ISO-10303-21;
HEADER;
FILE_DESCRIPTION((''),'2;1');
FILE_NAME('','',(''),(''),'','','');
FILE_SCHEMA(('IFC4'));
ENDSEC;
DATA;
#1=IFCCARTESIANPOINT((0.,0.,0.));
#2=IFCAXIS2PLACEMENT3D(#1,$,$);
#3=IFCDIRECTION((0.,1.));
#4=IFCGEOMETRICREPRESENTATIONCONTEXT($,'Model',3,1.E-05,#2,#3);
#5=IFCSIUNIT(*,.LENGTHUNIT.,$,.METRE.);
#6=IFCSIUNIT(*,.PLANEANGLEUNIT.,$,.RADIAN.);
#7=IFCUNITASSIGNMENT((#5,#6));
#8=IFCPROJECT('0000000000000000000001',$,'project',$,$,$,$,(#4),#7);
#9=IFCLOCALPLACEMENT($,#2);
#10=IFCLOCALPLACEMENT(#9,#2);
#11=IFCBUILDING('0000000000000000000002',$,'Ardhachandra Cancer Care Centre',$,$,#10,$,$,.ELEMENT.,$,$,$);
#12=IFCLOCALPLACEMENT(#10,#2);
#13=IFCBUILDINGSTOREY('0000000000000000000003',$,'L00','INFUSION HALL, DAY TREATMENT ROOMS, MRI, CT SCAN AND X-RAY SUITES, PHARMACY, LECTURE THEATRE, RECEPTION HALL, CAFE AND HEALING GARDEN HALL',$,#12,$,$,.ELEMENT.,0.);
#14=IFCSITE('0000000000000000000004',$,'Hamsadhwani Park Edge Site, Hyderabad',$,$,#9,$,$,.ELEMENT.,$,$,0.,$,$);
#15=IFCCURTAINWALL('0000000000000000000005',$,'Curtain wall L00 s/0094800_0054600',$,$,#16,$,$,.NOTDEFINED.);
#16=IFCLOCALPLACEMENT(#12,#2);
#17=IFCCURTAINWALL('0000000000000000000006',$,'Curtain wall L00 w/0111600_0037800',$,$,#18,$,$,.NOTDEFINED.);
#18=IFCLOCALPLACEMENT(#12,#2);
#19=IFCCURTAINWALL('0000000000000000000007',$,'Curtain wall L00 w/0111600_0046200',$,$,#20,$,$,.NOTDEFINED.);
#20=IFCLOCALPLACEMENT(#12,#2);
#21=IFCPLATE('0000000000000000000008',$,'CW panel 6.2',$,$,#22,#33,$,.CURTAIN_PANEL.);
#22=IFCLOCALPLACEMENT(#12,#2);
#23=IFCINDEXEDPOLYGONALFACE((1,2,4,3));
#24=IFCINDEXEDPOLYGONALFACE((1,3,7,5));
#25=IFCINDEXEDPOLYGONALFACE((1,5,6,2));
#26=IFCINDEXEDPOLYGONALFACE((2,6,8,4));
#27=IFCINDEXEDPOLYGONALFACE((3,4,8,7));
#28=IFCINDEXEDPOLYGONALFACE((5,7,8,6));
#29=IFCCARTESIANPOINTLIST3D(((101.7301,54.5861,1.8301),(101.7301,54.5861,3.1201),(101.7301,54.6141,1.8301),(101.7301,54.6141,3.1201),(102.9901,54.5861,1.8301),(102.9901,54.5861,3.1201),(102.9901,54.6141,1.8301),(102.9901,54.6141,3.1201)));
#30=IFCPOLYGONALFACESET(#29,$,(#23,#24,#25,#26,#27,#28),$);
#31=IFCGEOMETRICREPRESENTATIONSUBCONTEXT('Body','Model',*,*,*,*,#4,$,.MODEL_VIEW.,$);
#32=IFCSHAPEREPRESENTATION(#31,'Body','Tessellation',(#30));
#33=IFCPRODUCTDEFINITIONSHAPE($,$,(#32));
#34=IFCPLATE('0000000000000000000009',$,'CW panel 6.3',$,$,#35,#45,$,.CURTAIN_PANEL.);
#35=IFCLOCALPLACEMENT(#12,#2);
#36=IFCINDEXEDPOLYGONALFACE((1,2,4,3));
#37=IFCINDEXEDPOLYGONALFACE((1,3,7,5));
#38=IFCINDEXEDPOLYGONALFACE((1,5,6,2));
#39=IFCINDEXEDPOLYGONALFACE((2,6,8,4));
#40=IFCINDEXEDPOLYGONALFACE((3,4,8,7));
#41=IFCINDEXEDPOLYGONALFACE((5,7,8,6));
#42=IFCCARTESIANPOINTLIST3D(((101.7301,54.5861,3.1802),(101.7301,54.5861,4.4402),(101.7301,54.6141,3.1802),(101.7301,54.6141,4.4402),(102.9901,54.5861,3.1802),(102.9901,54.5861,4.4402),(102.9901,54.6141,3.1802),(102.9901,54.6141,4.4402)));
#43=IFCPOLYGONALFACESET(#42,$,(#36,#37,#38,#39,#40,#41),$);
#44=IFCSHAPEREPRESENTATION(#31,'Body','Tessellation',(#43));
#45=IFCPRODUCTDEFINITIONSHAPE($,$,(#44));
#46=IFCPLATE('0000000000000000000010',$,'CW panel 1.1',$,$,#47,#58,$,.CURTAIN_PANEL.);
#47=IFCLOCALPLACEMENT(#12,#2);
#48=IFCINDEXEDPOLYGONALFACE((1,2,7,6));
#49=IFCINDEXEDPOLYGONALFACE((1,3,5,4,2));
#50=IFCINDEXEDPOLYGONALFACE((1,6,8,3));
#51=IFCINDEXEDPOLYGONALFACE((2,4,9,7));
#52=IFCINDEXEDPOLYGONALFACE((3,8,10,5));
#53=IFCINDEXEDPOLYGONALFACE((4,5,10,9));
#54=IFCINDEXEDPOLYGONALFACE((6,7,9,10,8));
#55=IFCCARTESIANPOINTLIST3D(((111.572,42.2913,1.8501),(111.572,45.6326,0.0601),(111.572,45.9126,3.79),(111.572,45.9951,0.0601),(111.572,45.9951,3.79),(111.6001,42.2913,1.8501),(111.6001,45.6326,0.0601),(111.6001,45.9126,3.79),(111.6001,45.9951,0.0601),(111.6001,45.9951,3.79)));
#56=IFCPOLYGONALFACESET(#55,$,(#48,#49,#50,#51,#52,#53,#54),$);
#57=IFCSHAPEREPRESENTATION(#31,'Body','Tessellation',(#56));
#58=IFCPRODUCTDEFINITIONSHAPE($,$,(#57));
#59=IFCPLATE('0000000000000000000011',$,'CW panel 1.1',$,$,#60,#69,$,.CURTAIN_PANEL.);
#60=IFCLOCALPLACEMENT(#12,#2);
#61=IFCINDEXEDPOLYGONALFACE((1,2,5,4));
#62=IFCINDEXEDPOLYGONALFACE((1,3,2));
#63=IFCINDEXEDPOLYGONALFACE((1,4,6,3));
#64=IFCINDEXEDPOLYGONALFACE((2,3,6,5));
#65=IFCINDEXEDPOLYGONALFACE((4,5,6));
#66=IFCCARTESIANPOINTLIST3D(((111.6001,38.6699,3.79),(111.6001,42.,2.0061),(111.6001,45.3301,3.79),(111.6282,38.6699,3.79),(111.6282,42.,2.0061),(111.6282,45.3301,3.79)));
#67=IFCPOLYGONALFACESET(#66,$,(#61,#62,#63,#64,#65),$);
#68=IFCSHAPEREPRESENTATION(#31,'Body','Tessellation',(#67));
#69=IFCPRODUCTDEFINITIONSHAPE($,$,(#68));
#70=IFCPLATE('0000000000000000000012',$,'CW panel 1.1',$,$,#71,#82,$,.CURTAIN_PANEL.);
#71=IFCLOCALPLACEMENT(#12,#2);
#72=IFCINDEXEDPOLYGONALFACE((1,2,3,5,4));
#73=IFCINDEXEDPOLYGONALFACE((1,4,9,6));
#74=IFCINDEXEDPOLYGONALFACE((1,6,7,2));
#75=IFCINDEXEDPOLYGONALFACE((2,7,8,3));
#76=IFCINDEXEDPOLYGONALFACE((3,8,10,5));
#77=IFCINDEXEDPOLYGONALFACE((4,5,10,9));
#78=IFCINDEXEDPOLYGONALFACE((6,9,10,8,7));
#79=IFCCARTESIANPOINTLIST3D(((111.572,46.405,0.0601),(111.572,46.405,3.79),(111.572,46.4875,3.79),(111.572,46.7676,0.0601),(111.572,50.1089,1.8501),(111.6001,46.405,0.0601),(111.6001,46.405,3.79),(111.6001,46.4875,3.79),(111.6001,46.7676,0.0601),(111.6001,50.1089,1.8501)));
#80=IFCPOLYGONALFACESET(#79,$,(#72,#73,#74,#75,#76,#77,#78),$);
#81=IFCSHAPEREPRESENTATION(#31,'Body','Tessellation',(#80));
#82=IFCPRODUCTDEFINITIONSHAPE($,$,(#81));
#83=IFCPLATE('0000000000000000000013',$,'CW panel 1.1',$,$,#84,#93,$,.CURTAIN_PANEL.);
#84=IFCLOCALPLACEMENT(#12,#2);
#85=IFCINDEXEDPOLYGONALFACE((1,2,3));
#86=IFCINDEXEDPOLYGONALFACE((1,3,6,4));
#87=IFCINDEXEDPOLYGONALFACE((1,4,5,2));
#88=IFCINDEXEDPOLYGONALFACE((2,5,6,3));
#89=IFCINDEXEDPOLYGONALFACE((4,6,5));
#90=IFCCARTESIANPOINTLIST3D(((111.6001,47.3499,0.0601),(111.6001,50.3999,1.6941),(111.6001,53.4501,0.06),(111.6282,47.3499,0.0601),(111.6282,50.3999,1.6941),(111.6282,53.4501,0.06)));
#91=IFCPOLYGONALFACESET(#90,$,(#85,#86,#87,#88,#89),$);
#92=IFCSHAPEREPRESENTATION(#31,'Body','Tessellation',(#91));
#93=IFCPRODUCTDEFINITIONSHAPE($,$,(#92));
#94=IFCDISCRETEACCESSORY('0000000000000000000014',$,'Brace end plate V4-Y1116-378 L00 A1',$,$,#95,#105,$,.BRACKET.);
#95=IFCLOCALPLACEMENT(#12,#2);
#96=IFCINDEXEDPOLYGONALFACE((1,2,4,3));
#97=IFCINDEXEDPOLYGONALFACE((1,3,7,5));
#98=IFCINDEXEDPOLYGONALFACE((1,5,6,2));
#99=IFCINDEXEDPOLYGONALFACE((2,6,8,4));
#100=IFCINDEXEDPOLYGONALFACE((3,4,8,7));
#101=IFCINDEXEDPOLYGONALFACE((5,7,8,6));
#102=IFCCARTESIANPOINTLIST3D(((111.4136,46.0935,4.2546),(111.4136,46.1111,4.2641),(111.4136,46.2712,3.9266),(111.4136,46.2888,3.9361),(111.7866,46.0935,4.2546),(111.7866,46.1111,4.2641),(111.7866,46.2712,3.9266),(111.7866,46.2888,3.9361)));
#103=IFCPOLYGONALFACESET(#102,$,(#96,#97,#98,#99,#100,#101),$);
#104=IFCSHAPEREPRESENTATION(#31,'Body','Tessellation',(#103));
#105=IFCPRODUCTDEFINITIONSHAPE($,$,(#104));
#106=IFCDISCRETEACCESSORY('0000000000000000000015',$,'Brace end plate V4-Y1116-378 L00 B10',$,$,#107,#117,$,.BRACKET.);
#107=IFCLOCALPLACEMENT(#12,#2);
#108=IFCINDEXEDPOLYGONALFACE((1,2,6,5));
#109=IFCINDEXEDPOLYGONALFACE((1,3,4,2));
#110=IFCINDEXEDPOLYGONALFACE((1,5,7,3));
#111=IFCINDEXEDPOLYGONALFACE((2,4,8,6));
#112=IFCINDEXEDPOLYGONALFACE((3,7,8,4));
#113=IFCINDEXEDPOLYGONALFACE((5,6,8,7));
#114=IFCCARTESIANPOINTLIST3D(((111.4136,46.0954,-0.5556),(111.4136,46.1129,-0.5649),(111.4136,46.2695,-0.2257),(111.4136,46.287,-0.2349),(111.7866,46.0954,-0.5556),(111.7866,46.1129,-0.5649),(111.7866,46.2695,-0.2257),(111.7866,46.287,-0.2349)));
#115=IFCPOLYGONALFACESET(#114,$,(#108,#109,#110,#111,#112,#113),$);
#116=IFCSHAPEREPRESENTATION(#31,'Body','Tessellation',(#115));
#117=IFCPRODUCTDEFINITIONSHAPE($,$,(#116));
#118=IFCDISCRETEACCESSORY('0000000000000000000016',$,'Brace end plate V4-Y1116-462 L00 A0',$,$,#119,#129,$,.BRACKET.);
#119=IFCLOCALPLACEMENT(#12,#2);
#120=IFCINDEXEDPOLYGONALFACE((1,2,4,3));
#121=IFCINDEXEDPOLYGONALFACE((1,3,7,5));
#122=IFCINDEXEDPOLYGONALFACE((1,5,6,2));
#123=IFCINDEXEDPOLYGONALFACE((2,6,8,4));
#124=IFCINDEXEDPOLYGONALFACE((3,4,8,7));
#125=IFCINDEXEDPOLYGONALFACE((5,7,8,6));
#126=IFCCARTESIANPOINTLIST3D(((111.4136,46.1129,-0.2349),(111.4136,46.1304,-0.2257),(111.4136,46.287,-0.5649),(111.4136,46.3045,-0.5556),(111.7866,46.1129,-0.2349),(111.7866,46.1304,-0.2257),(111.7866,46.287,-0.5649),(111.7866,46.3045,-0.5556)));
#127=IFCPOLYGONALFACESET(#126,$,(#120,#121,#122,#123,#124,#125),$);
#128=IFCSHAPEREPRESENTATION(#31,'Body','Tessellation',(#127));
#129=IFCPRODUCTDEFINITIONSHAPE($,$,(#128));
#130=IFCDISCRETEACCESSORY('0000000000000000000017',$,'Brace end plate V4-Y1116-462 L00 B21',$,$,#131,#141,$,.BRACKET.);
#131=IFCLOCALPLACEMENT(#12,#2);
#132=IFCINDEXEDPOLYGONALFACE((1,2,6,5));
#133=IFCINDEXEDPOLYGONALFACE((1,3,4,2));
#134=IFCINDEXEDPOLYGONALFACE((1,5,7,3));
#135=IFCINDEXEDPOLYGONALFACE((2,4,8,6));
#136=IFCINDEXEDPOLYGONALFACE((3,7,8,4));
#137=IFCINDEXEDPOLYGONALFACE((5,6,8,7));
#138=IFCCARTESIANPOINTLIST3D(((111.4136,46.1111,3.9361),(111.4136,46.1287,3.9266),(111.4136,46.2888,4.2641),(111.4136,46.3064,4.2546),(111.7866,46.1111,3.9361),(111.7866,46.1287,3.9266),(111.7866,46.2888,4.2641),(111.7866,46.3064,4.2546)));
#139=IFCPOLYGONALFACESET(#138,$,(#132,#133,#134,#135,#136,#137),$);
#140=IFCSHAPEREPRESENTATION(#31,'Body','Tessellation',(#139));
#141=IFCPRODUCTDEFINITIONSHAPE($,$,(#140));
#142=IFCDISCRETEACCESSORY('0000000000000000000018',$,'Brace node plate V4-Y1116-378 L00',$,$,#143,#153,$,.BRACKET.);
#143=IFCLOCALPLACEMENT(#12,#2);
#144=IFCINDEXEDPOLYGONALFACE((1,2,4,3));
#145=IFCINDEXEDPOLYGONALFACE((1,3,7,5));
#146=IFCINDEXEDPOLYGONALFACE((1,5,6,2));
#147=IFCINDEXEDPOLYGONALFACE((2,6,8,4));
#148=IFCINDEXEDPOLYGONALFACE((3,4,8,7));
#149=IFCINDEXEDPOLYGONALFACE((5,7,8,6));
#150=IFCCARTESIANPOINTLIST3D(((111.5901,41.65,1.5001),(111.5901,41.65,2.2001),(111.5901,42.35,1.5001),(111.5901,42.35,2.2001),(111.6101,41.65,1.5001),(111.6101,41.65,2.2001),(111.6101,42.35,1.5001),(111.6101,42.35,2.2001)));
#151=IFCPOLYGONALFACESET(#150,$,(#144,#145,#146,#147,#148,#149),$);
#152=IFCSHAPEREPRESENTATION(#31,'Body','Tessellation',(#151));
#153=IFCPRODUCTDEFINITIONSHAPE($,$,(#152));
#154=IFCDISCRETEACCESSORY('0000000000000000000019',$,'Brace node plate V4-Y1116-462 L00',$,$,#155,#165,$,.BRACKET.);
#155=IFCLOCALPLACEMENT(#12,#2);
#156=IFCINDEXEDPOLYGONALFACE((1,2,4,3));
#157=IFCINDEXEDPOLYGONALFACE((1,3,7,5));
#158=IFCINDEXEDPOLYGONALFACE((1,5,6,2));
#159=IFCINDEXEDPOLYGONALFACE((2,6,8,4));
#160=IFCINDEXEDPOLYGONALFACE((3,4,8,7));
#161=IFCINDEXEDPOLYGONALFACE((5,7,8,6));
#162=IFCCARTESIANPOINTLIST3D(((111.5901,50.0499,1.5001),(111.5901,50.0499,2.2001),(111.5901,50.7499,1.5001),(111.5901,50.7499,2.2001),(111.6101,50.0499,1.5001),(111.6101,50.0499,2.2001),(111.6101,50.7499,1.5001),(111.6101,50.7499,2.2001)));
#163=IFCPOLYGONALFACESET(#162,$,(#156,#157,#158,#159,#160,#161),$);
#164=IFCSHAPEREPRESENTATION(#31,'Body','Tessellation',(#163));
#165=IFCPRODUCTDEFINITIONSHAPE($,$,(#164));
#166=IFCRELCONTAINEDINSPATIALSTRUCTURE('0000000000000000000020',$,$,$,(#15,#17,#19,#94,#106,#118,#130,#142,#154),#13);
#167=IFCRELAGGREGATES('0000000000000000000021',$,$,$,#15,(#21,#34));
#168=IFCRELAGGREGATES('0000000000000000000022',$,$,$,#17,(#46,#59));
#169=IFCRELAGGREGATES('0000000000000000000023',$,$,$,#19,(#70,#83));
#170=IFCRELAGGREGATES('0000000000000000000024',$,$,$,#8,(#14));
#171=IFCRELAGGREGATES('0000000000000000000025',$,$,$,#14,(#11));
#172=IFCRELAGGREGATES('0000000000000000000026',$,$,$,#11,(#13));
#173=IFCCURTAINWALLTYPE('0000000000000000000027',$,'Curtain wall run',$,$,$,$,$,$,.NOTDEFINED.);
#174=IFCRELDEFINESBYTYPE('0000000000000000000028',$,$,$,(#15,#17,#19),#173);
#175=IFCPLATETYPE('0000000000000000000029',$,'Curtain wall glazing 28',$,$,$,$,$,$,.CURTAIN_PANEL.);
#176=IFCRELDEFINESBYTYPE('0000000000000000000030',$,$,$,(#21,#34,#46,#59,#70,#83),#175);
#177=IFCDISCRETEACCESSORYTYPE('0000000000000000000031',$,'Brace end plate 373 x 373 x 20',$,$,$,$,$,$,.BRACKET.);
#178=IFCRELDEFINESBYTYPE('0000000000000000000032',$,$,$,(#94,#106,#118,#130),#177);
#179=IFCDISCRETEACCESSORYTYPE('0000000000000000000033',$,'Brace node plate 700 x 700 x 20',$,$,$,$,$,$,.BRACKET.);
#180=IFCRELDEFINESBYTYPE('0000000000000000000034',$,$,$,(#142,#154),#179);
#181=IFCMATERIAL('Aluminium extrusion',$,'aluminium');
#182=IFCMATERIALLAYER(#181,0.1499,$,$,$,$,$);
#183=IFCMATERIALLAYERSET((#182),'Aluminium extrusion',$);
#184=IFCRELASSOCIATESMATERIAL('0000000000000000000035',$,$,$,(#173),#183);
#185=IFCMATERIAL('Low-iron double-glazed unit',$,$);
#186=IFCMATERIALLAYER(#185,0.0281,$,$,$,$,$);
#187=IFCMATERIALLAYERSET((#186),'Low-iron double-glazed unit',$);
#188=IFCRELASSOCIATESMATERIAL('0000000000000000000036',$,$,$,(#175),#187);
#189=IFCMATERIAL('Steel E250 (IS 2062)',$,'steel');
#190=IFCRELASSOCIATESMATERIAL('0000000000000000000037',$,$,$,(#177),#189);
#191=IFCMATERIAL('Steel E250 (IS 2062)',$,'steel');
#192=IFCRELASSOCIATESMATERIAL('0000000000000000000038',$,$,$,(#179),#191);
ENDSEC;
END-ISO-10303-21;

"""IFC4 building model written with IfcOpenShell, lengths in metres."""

from ifc_helpers import new_model, si_unit, direction, frame, origin, origin_2d, place, context, subcontext, project, spatial, polyline, rectangle, outline, extrude, material, layer, layer_set, material_profile, profile_set, type_object, element, aggregate, save


model = new_model("IFC4")

# Units and contexts
model_context = context("Model", 3, precision=1e-05, world=origin(), true_north=direction((0.0, 1.0)))
body_context = subcontext(model_context, "Body", "Model", "MODEL_VIEW")
ifc_project = project(units=[si_unit("LENGTHUNIT", "METRE"), si_unit("PLANEANGLEUNIT", "RADIAN")], contexts=[model_context])

# Site, building, storey
site_placement = place(None, origin())
site = spatial("IfcSite", under=ifc_project, at=site_placement, Name="Hamsadhwani Park Edge Site, Hyderabad", CompositionType="ELEMENT", RefElevation=0.0)
building_placement = place(site_placement, origin())
building = spatial("IfcBuilding", under=site, at=building_placement, Name="Ardhachandra Cancer Care Centre", CompositionType="ELEMENT")
storey_placement = place(building_placement, origin())
storey = spatial("IfcBuildingStorey", under=building, at=storey_placement, Name="L00", Description="INFUSION HALL, DAY TREATMENT ROOMS, MRI, CT SCAN AND X-RAY SUITES, PHARMACY, LECTURE THEATRE, RECEPTION HALL, CAFE AND HEALING GARDEN HALL", CompositionType="ELEMENT", Elevation=0.0)

# Curtain walls
ifc_material_1 = material(Name="Aluminium extrusion", Category="aluminium")
ifc_layer_1 = layer(ifc_material_1, 0.1499)
ifc_layer_set_1 = layer_set([ifc_layer_1], Name="Aluminium extrusion")
curtain_wall_type = type_object("IfcCurtainWallType", Name="Curtain wall run", PredefinedType="NOTDEFINED", material=ifc_layer_set_1)
curtain_wall_1_placement = place(storey_placement, origin())
curtain_wall_1 = element("IfcCurtainWall", 1, at=curtain_wall_1_placement, inside=storey, type_object=curtain_wall_type, Name="Curtain wall L00 s/0094800_0054600", PredefinedType="NOTDEFINED")
curtain_wall_2_placement = place(storey_placement, origin())
curtain_wall_2 = element("IfcCurtainWall", 2, at=curtain_wall_2_placement, inside=storey, type_object=curtain_wall_type, Name="Curtain wall L00 w/0111600_0037800", PredefinedType="NOTDEFINED")
curtain_wall_3_placement = place(storey_placement, origin())
curtain_wall_3 = element("IfcCurtainWall", 3, at=curtain_wall_3_placement, inside=storey, type_object=curtain_wall_type, Name="Curtain wall L00 w/0111600_0046200", PredefinedType="NOTDEFINED")

# Plates
ifc_material_2 = material(Name="Low-iron double-glazed unit")
ifc_layer_2 = layer(ifc_material_2, 0.0281)
ifc_layer_set_2 = layer_set([ifc_layer_2], Name="Low-iron double-glazed unit")
plate_type = type_object("IfcPlateType", Name="Curtain wall glazing 28", PredefinedType="CURTAIN_PANEL", material=ifc_layer_set_2)
plate_1_placement = place(storey_placement, frame((102.3601, 54.6001, 1.8301), z_axis=(0.0, 0.0, 1.0), x_axis=(1.0, 0.0, 0.0)))
plate_1 = element("IfcPlate", 4, at=plate_1_placement, type_object=plate_type, Name="CW panel 6.2", PredefinedType="CURTAIN_PANEL", context=body_context, shape_type="SweptSolid", body=[
    extrude(rectangle(XDim=1.26, YDim=0.0281, at=origin_2d()), origin(), (0.0, 0.0, 1.0), 1.29),
])
plate_2_placement = place(storey_placement, frame((102.3601, 54.6001, 3.1802), z_axis=(0.0, 0.0, 1.0), x_axis=(1.0, 0.0, 0.0)))
plate_2 = element("IfcPlate", 5, at=plate_2_placement, type_object=plate_type, Name="CW panel 6.3", PredefinedType="CURTAIN_PANEL", context=body_context, shape_type="SweptSolid", body=[
    extrude(rectangle(XDim=1.26, YDim=0.0281, at=origin_2d()), origin(), (0.0, 0.0, 1.0), 1.26),
])
aggregate(curtain_wall_1, [plate_1, plate_2])
plate_3_placement = place(storey_placement, frame((111.6001, 45.9951, 3.79), z_axis=(-1.0, 0.0, 0.0), x_axis=(0.0, 0.0, -1.0)))
plate_3 = element("IfcPlate", 6, at=plate_3_placement, type_object=plate_type, Name="CW panel 1.1", PredefinedType="CURTAIN_PANEL", context=body_context, shape_type="SweptSolid", body=[
    extrude(outline(polyline([(0.0, 0.0), (3.73, 0.0), (3.73, 0.3625), (1.9399, 3.7039), (0.0, 0.0825), (0.0, 0.0)])), origin(), (0.0, 0.0, 1.0), 0.0281),
])
plate_4_placement = place(storey_placement, frame((111.6001, 45.3301, 3.79), z_axis=(-1.0, 0.0, 0.0), x_axis=(0.0, -0.881484, -0.472214)))
plate_4 = element("IfcPlate", 7, at=plate_4_placement, type_object=plate_type, Name="CW panel 1.1", PredefinedType="CURTAIN_PANEL", context=body_context, shape_type="SweptSolid", body=[
    extrude(outline(polyline([(0.0, 0.0), (3.7778, 0.0), (5.8708, 3.145), (0.0, 0.0)])), frame((0.0, 0.0, -0.0281)), (0.0, 0.0, 1.0), 0.0281),
])
aggregate(curtain_wall_2, [plate_3, plate_4])
plate_5_placement = place(storey_placement, frame((111.6001, 46.405, 0.0601), z_axis=(-1.0, 0.0, 0.0), x_axis=(0.0, 0.0, 1.0)))
plate_5 = element("IfcPlate", 8, at=plate_5_placement, type_object=plate_type, Name="CW panel 1.1", PredefinedType="CURTAIN_PANEL", context=body_context, shape_type="SweptSolid", body=[
    extrude(outline(polyline([(0.0, 0.0), (3.73, 0.0), (3.73, 0.0825), (1.79, 3.7039), (0.0, 0.3625), (0.0, 0.0)])), origin(), (0.0, 0.0, 1.0), 0.0281),
])
plate_6_placement = place(storey_placement, frame((111.6001, 47.3499, 0.0601), z_axis=(-1.0, 0.0, 0.0), x_axis=(0.0, 0.881471, 0.472239)))
plate_6 = element("IfcPlate", 9, at=plate_6_placement, type_object=plate_type, Name="CW panel 1.1", PredefinedType="CURTAIN_PANEL", context=body_context, shape_type="SweptSolid", body=[
    extrude(outline(polyline([(0.0, 0.0), (3.4602, 0.0), (5.3772, 2.8809), (0.0, 0.0)])), frame((0.0, 0.0, -0.0281)), (0.0, 0.0, 1.0), 0.0281),
])
aggregate(curtain_wall_3, [plate_5, plate_6])

# Discrete accessories
ifc_material_3 = material(Name="Steel E250 (IS 2062)", Category="steel")
ifc_material_profile_1 = material_profile(ifc_material_3, rectangle(XDim=0.373, YDim=0.373, at=origin_2d()), Name="PL 373x373x20")
ifc_profile_set_1 = profile_set([ifc_material_profile_1], Name="Steel E250 (IS 2062)")
discrete_accessory_type_1 = type_object("IfcDiscreteAccessoryType", Name="Brace end plate 373 x 373 x 20", PredefinedType="BRACKET", material=ifc_profile_set_1)
discrete_accessory_1_placement = place(storey_placement, frame((111.6001, 46.2, 4.1001), z_axis=(0.0, -0.879292, -0.476283), x_axis=(1.0, 0.0, 0.0)))
element("IfcDiscreteAccessory", 10, at=discrete_accessory_1_placement, inside=storey, type_object=discrete_accessory_type_1, Name="Brace end plate V4-Y1116-378 L00 A1", PredefinedType="BRACKET", context=body_context, shape_type="SweptSolid", body=[
    extrude(rectangle(XDim=0.373, YDim=0.373, at=origin_2d()), origin(), (0.0, 0.0, 1.0), 0.02),
])
for number, where, z_axis, x_axis, name in (
    (11, (111.6001, 46.2, -0.3999), (0.0, -0.884385, 0.466759), (1.0, 0.0, 0.0), "Brace end plate V4-Y1116-378 L00 B10"),
    (12, (111.6001, 46.2, -0.3999), (0.0, 0.884385, 0.466759), (-1.0, 0.0, 0.0), "Brace end plate V4-Y1116-462 L00 A0"),
):
    element("IfcDiscreteAccessory", number, at=place(storey_placement, frame(where, z_axis=z_axis, x_axis=x_axis)), inside=storey, type_object=discrete_accessory_type_1, Name=name, PredefinedType="BRACKET", context=body_context, shape_type="SweptSolid", body=[
        extrude(rectangle(XDim=0.373, YDim=0.373, at=origin_2d()), origin(), (0.0, 0.0, 1.0), 0.0198),
    ])
discrete_accessory_2_placement = place(storey_placement, frame((111.6001, 46.2, 4.1001), z_axis=(0.0, 0.879292, -0.476283), x_axis=(-1.0, 0.0, 0.0)))
element("IfcDiscreteAccessory", 13, at=discrete_accessory_2_placement, inside=storey, type_object=discrete_accessory_type_1, Name="Brace end plate V4-Y1116-462 L00 B21", PredefinedType="BRACKET", context=body_context, shape_type="SweptSolid", body=[
    extrude(rectangle(XDim=0.373, YDim=0.373, at=origin_2d()), origin(), (0.0, 0.0, 1.0), 0.02),
])
ifc_material_4 = material(Name="Steel E250 (IS 2062)", Category="steel")
ifc_material_profile_2 = material_profile(ifc_material_4, rectangle(XDim=0.7, YDim=0.7, at=origin_2d()), Name="PL 700x700x20")
ifc_profile_set_2 = profile_set([ifc_material_profile_2], Name="Steel E250 (IS 2062)")
discrete_accessory_type_2 = type_object("IfcDiscreteAccessoryType", Name="Brace node plate 700 x 700 x 20", PredefinedType="BRACKET", material=ifc_profile_set_2)
for number, where, z_axis, x_axis, name in (
    (14, (111.5901, 42.0, 1.8501), (1.0, 0.0, 0.0), (0.0, 1.0, 0.0), "Brace node plate V4-Y1116-378 L00"),
    (15, (111.5901, 50.3999, 1.8501), (1.0, 0.0, 0.0), (0.0, 1.0, 0.0), "Brace node plate V4-Y1116-462 L00"),
):
    element("IfcDiscreteAccessory", number, at=place(storey_placement, frame(where, z_axis=z_axis, x_axis=x_axis)), inside=storey, type_object=discrete_accessory_type_2, Name=name, PredefinedType="BRACKET", context=body_context, shape_type="SweptSolid", body=[
        extrude(rectangle(XDim=0.7, YDim=0.7, at=origin_2d()), origin(), (0.0, 0.0, 1.0), 0.02),
    ])

save(model, "model.ifc")
